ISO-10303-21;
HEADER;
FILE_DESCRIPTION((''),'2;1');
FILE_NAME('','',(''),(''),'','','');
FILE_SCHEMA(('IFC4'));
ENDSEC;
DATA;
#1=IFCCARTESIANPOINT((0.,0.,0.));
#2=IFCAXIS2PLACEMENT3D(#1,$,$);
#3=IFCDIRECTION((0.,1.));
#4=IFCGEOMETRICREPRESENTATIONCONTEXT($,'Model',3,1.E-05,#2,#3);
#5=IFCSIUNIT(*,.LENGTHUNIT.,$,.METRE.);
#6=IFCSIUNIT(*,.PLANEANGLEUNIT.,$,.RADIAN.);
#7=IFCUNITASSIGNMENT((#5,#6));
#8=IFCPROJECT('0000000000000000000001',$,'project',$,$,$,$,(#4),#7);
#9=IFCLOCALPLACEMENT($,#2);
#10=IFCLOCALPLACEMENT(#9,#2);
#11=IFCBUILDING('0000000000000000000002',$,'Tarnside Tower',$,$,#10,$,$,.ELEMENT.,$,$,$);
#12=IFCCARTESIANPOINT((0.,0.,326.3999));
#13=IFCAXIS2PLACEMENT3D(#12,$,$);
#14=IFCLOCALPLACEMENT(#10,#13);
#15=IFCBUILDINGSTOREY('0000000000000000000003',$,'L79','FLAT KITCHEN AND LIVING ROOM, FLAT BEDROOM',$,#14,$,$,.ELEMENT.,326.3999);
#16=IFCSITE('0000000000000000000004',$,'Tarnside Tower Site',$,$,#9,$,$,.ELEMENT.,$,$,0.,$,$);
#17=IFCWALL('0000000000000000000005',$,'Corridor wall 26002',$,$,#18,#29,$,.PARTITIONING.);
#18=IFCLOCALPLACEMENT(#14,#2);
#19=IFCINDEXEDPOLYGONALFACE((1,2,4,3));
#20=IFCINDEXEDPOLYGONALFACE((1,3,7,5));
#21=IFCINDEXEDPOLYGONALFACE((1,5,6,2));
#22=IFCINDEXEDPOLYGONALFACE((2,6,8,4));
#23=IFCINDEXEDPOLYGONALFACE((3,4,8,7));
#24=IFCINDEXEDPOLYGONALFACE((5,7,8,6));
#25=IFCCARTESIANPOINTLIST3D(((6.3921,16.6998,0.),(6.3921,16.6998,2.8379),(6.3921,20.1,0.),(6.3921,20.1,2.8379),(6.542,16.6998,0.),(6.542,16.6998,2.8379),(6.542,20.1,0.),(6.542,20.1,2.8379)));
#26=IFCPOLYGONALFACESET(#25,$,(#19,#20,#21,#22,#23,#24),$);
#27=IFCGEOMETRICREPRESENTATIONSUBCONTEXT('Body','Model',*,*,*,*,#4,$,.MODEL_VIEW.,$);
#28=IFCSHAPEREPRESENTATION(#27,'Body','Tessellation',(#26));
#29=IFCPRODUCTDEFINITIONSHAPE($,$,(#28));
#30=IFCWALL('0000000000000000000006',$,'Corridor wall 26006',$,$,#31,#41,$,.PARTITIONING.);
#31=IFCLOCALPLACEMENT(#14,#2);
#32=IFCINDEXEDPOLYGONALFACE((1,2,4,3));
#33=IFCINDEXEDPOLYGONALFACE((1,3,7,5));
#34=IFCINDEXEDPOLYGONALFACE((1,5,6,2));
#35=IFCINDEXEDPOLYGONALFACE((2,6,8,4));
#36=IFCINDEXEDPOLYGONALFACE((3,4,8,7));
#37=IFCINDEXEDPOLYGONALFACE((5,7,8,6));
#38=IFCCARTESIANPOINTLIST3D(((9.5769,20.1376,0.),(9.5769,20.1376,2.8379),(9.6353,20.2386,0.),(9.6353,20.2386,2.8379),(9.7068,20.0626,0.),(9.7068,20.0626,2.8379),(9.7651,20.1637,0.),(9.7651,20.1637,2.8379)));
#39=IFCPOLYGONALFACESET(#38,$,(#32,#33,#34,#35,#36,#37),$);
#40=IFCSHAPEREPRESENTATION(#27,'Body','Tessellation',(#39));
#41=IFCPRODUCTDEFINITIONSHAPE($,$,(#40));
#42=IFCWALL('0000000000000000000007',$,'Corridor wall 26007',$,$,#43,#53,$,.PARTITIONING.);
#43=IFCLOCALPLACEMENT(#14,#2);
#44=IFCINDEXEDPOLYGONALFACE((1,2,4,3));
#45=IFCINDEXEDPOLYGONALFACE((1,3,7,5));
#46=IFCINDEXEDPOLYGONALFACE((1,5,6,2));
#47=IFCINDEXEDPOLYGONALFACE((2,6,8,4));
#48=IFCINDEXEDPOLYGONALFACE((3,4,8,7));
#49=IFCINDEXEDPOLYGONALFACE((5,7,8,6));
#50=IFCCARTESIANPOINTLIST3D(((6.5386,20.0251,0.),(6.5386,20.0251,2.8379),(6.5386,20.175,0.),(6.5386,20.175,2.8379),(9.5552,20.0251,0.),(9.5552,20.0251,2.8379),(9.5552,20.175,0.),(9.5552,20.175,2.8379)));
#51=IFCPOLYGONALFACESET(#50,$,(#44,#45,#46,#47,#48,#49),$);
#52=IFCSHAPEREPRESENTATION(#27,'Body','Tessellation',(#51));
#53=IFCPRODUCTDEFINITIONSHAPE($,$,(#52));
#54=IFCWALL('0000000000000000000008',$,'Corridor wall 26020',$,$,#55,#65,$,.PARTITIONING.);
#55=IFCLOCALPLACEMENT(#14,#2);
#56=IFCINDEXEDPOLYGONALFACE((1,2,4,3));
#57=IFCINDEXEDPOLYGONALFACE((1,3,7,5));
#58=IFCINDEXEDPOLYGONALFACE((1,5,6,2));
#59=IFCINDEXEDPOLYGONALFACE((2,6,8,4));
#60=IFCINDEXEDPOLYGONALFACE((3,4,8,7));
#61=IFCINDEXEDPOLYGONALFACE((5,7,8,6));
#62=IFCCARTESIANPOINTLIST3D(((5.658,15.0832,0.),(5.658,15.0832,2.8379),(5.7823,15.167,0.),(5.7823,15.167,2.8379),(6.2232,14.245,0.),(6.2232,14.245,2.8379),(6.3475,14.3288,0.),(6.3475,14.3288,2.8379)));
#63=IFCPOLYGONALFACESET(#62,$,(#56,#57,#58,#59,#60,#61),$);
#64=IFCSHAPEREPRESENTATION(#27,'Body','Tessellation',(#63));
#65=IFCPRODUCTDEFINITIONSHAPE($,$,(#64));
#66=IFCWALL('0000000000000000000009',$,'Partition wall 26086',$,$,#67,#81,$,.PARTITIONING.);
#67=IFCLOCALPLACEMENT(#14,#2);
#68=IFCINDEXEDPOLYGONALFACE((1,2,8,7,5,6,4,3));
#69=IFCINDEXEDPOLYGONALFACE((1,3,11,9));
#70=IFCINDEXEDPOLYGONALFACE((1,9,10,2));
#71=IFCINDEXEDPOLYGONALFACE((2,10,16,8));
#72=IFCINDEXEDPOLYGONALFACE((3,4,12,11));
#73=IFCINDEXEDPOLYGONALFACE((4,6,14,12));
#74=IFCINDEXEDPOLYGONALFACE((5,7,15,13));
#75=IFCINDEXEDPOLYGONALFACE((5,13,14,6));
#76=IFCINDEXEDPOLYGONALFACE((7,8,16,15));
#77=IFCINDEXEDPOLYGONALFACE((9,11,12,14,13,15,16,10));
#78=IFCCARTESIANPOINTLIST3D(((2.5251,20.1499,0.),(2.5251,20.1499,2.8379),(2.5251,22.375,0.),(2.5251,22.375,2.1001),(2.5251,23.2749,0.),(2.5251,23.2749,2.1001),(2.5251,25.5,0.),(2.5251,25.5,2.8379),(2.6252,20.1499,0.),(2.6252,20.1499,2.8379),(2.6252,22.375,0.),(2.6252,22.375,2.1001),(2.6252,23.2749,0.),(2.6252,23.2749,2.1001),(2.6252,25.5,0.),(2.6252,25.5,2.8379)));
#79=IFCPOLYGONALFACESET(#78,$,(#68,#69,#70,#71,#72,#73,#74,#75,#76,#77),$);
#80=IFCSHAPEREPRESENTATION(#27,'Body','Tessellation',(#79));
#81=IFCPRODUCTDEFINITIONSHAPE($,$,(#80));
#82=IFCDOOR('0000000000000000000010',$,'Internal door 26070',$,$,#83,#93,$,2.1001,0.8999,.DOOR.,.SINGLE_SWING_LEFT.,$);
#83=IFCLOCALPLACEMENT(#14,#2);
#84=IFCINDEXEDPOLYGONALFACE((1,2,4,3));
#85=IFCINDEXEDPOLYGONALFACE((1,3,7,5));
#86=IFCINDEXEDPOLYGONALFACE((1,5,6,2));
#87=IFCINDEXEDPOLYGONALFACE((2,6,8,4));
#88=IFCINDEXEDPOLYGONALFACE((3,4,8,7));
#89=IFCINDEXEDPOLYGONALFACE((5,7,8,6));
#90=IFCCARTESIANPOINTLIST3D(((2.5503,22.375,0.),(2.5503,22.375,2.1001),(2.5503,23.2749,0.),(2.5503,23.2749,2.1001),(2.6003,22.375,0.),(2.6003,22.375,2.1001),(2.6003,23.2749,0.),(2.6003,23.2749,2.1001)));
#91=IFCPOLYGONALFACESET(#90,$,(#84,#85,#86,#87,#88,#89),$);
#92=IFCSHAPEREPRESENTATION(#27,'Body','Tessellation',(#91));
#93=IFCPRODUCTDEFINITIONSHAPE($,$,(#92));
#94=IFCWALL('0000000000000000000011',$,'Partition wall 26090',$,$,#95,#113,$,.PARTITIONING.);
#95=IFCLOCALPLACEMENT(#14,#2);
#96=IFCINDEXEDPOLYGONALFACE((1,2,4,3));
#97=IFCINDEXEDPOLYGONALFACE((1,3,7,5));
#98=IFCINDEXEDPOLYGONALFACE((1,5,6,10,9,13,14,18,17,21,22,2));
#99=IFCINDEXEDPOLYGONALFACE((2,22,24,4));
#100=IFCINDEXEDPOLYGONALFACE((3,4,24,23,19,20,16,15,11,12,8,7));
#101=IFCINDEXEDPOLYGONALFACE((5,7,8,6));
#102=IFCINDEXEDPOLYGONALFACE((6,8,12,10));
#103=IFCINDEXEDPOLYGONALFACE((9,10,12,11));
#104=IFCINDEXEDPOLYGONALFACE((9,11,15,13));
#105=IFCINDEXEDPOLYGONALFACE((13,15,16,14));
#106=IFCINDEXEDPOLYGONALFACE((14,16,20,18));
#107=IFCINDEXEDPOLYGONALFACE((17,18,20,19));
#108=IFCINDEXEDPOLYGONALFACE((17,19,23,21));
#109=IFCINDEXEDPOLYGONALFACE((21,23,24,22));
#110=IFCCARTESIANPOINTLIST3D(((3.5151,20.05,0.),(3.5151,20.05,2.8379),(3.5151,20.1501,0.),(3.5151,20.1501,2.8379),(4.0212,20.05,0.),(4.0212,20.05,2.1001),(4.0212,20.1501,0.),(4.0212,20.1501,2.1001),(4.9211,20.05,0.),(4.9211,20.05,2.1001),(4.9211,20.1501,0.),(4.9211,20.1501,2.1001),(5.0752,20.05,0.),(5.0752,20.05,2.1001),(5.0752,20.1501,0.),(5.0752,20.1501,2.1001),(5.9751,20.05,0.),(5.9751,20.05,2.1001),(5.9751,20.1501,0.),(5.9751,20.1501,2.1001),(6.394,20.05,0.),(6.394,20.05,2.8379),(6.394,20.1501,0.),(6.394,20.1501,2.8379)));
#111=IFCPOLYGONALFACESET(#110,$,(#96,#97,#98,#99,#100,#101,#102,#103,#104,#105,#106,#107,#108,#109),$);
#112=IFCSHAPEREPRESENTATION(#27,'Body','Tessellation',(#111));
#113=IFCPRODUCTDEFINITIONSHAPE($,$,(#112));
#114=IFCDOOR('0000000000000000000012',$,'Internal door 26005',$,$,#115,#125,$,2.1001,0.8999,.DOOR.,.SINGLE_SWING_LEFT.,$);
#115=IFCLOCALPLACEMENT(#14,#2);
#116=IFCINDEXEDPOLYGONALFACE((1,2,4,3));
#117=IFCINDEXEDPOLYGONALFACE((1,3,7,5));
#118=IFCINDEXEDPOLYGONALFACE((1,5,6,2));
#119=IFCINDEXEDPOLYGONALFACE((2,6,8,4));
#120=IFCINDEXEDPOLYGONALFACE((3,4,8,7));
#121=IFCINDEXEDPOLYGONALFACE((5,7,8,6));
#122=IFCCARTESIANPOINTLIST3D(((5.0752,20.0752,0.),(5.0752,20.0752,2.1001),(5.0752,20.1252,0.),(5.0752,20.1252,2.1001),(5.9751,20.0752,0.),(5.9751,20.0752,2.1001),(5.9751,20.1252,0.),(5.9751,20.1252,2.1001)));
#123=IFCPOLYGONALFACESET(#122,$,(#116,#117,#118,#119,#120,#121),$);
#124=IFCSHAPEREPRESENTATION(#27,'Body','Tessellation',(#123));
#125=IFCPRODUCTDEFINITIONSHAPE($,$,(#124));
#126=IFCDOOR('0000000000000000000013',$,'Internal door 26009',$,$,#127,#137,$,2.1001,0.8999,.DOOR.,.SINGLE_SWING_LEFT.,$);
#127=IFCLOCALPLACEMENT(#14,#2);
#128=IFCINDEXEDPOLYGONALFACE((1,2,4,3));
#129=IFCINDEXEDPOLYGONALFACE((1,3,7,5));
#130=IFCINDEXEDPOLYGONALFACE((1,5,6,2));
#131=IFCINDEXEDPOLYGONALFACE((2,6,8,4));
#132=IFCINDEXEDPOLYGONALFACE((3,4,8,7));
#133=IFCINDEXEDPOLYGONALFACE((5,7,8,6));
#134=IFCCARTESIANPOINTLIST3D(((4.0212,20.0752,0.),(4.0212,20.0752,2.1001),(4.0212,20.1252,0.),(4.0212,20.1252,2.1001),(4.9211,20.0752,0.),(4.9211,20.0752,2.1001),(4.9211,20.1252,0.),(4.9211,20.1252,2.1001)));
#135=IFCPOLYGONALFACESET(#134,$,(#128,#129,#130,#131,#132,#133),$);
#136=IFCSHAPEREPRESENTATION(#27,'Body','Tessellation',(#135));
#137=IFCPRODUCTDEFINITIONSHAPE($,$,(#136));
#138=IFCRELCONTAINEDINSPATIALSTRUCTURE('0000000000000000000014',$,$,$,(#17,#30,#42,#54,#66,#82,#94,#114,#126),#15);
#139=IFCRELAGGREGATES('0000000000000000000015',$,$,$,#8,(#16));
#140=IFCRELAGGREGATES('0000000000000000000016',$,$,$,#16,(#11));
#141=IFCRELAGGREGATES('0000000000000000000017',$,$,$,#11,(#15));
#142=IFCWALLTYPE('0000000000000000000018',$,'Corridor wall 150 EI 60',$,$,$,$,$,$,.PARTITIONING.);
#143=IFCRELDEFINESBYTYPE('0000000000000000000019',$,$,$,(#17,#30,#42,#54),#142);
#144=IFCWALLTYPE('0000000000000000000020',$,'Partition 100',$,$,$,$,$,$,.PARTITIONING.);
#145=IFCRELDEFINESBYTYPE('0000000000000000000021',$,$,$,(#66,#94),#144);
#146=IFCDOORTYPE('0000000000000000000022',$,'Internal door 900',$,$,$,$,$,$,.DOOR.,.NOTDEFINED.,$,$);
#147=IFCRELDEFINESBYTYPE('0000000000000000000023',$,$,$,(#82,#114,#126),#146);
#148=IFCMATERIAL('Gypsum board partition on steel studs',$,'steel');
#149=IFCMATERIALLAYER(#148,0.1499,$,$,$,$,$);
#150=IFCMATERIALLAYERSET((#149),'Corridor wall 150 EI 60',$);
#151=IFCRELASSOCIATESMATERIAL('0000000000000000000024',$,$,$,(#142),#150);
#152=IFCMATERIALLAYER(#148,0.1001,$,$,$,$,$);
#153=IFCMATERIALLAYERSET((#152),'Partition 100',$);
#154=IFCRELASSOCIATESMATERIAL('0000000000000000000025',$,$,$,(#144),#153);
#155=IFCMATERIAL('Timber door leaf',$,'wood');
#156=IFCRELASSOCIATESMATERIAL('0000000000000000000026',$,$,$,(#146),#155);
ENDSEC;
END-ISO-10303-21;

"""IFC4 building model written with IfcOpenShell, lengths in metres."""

from ifc_helpers import new_model, si_unit, direction, frame, frame_2d, origin, place, context, subcontext, project, spatial, rectangle, extrude, material, layer, layer_set, type_object, element, fill, save


model = new_model("IFC4")

# Units and contexts
model_context = context("Model", 3, precision=1e-05, world=origin(), true_north=direction((0.0, 1.0)))
body_context = subcontext(model_context, "Body", "Model", "MODEL_VIEW")
ifc_project = project(units=[si_unit("LENGTHUNIT", "METRE"), si_unit("PLANEANGLEUNIT", "RADIAN")], contexts=[model_context])

# Site, building, storey
site_placement = place(None, origin())
site = spatial("IfcSite", under=ifc_project, at=site_placement, Name="Tarnside Tower Site", CompositionType="ELEMENT", RefElevation=0.0)
building_placement = place(site_placement, origin())
building = spatial("IfcBuilding", under=site, at=building_placement, Name="Tarnside Tower", CompositionType="ELEMENT")
storey_placement = place(building_placement, frame((0.0, 0.0, 326.3999)))
storey = spatial("IfcBuildingStorey", under=building, at=storey_placement, Name="L79", Description="FLAT KITCHEN AND LIVING ROOM, FLAT BEDROOM", CompositionType="ELEMENT", Elevation=326.3999)

# Shared definitions
ifc_material_1 = material(Name="Gypsum board partition on steel studs", Category="steel")

# Shared definitions
ifc_material_2 = material(Name="Timber door leaf", Category="wood")

# Shared definitions
ifc_layer_1 = layer(ifc_material_1, 0.1499)
ifc_layer_set_1 = layer_set([ifc_layer_1], Name="Corridor wall 150 EI 60")
wall_type_1 = type_object("IfcWallType", Name="Corridor wall 150 EI 60", PredefinedType="PARTITIONING", material=ifc_layer_set_1)

# Walls
wall_1_placement = place(storey_placement, frame((6.467, 20.1001, 0.0), z_axis=(0.0, 0.0, 1.0), x_axis=(0.0, -1.0, 0.0)))
element("IfcWall", 1, at=wall_1_placement, inside=storey, type_object=wall_type_1, Name="Corridor wall 26002", PredefinedType="PARTITIONING", context=body_context, shape_type="SweptSolid", body=[
    extrude(rectangle(XDim=3.4001, YDim=0.1499, at=frame_2d((1.7002, 0.0))), origin(), (0.0, 0.0, 1.0), 2.8379),
])
wall_2_placement = place(storey_placement, frame((9.7002, 20.2012, 0.0), z_axis=(0.0, 0.0, 1.0), x_axis=(-0.499964, -0.866046, 0.0)))
element("IfcWall", 2, at=wall_2_placement, inside=storey, type_object=wall_type_1, Name="Corridor wall 26006", PredefinedType="PARTITIONING", context=body_context, shape_type="SweptSolid", body=[
    extrude(rectangle(XDim=0.1167, YDim=0.1499, at=frame_2d((0.0583, 0.0))), origin(), (0.0, 0.0, 1.0), 2.8379),
])
wall_3_placement = place(storey_placement, frame((9.5552, 20.1001, 0.0), z_axis=(0.0, 0.0, 1.0), x_axis=(-1.0, 0.0, 0.0)))
element("IfcWall", 3, at=wall_3_placement, inside=storey, type_object=wall_type_1, Name="Corridor wall 26007", PredefinedType="PARTITIONING", context=body_context, shape_type="SweptSolid", body=[
    extrude(rectangle(XDim=3.0166, YDim=0.1499, at=frame_2d((1.5083, 0.0))), origin(), (0.0, 0.0, 1.0), 2.8379),
])
wall_4_placement = place(storey_placement, frame((5.7202, 15.125, 0.0), z_axis=(0.0, 0.0, 1.0), x_axis=(0.559095, -0.829103, 0.0)))
element("IfcWall", 4, at=wall_4_placement, inside=storey, type_object=wall_type_1, Name="Corridor wall 26020", PredefinedType="PARTITIONING", context=body_context, shape_type="SweptSolid", body=[
    extrude(rectangle(XDim=1.011, YDim=0.1499, at=frame_2d((0.5054, 0.0))), origin(), (0.0, 0.0, 1.0), 2.8379),
])

# Wall, opening, door
ifc_layer_2 = layer(ifc_material_1, 0.1001)
ifc_layer_set_2 = layer_set([ifc_layer_2], Name="Partition 100")
wall_type_2 = type_object("IfcWallType", Name="Partition 100", PredefinedType="PARTITIONING", material=ifc_layer_set_2)
wall_5_placement = place(storey_placement, frame((2.5752, 20.1499, 0.0), z_axis=(0.0, 0.0, 1.0), x_axis=(0.0, 1.0, 0.0)))
wall_5 = element("IfcWall", 5, at=wall_5_placement, inside=storey, type_object=wall_type_2, Name="Partition wall 26086", PredefinedType="PARTITIONING", context=body_context, shape_type="SweptSolid", body=[
    extrude(rectangle(XDim=5.3501, YDim=0.1001, at=frame_2d((2.675, 0.0))), origin(), (0.0, 0.0, 1.0), 2.8379),
])
opening_1_placement = place(wall_5_placement, frame((2.2251, 0.0, 0.0)))
opening_1 = element("IfcOpeningElement", 6, at=opening_1_placement, cuts=wall_5, PredefinedType="OPENING", context=body_context, shape_type="SweptSolid", body=[
    extrude(rectangle(XDim=0.8999, YDim=2.1001, at=frame_2d((0.45, 1.05))), frame((0.0, 0.0601, 0.0), z_axis=(0.0, -1.0, 0.0), x_axis=(1.0, 0.0, 0.0)), (0.0, 0.0, 1.0), 0.1201),
])
door_type_1 = type_object("IfcDoorType", Name="Internal door 900", OperationType="NOTDEFINED", PredefinedType="DOOR", material=ifc_material_2)
door_1_placement = place(opening_1_placement, origin())
door_1 = element("IfcDoor", 7, at=door_1_placement, inside=storey, type_object=door_type_1, Name="Internal door 26070", OperationType="SINGLE_SWING_LEFT", OverallHeight=2.1001, OverallWidth=0.8999, PredefinedType="DOOR", context=body_context, shape_type="SweptSolid", body=[
    extrude(rectangle(XDim=0.8999, YDim=2.1001, at=frame_2d((0.45, 1.05))), frame((0.0, 0.0249, 0.0), z_axis=(0.0, -1.0, 0.0), x_axis=(1.0, 0.0, 0.0)), (0.0, 0.0, 1.0), 0.05),
])
fill(opening_1, door_1)

# Wall, openings, doors
wall_6_placement = place(storey_placement, frame((6.394, 20.1001, 0.0), z_axis=(0.0, 0.0, 1.0), x_axis=(-1.0, 0.0, 0.0)))
wall_6 = element("IfcWall", 8, at=wall_6_placement, inside=storey, type_object=wall_type_2, Name="Partition wall 26090", PredefinedType="PARTITIONING", context=body_context, shape_type="SweptSolid", body=[
    extrude(rectangle(XDim=2.8789, YDim=0.1001, at=frame_2d((1.4395, 0.0))), origin(), (0.0, 0.0, 1.0), 2.8379),
])
opening_2_placement = place(wall_6_placement, frame((0.4189, 0.0, 0.0)))
opening_2 = element("IfcOpeningElement", 9, at=opening_2_placement, cuts=wall_6, PredefinedType="OPENING", context=body_context, shape_type="SweptSolid", body=[
    extrude(rectangle(XDim=0.8999, YDim=2.1001, at=frame_2d((0.45, 1.05))), frame((0.0, 0.0601, 0.0), z_axis=(0.0, -1.0, 0.0), x_axis=(1.0, 0.0, 0.0)), (0.0, 0.0, 1.0), 0.1201),
])
opening_3_placement = place(wall_6_placement, frame((1.4729, 0.0, 0.0)))
opening_3 = element("IfcOpeningElement", 10, at=opening_3_placement, cuts=wall_6, PredefinedType="OPENING", context=body_context, shape_type="SweptSolid", body=[
    extrude(rectangle(XDim=0.8999, YDim=2.1001, at=frame_2d((0.45, 1.05))), frame((0.0, 0.0601, 0.0), z_axis=(0.0, -1.0, 0.0), x_axis=(1.0, 0.0, 0.0)), (0.0, 0.0, 1.0), 0.1201),
])
door_2_placement = place(opening_2_placement, origin())
door_2 = element("IfcDoor", 11, at=door_2_placement, inside=storey, type_object=door_type_1, Name="Internal door 26005", OperationType="SINGLE_SWING_LEFT", OverallHeight=2.1001, OverallWidth=0.8999, PredefinedType="DOOR", context=body_context, shape_type="SweptSolid", body=[
    extrude(rectangle(XDim=0.8999, YDim=2.1001, at=frame_2d((0.45, 1.05))), frame((0.0, 0.0249, 0.0), z_axis=(0.0, -1.0, 0.0), x_axis=(1.0, 0.0, 0.0)), (0.0, 0.0, 1.0), 0.05),
])
fill(opening_2, door_2)
door_3_placement = place(opening_3_placement, origin())
door_3 = element("IfcDoor", 12, at=door_3_placement, inside=storey, type_object=door_type_1, Name="Internal door 26009", OperationType="SINGLE_SWING_LEFT", OverallHeight=2.1001, OverallWidth=0.8999, PredefinedType="DOOR", context=body_context, shape_type="SweptSolid", body=[
    extrude(rectangle(XDim=0.8999, YDim=2.1001, at=frame_2d((0.45, 1.05))), frame((0.0, 0.0249, 0.0), z_axis=(0.0, -1.0, 0.0), x_axis=(1.0, 0.0, 0.0)), (0.0, 0.0, 1.0), 0.05),
])
fill(opening_3, door_3)

save(model, "model.ifc")
